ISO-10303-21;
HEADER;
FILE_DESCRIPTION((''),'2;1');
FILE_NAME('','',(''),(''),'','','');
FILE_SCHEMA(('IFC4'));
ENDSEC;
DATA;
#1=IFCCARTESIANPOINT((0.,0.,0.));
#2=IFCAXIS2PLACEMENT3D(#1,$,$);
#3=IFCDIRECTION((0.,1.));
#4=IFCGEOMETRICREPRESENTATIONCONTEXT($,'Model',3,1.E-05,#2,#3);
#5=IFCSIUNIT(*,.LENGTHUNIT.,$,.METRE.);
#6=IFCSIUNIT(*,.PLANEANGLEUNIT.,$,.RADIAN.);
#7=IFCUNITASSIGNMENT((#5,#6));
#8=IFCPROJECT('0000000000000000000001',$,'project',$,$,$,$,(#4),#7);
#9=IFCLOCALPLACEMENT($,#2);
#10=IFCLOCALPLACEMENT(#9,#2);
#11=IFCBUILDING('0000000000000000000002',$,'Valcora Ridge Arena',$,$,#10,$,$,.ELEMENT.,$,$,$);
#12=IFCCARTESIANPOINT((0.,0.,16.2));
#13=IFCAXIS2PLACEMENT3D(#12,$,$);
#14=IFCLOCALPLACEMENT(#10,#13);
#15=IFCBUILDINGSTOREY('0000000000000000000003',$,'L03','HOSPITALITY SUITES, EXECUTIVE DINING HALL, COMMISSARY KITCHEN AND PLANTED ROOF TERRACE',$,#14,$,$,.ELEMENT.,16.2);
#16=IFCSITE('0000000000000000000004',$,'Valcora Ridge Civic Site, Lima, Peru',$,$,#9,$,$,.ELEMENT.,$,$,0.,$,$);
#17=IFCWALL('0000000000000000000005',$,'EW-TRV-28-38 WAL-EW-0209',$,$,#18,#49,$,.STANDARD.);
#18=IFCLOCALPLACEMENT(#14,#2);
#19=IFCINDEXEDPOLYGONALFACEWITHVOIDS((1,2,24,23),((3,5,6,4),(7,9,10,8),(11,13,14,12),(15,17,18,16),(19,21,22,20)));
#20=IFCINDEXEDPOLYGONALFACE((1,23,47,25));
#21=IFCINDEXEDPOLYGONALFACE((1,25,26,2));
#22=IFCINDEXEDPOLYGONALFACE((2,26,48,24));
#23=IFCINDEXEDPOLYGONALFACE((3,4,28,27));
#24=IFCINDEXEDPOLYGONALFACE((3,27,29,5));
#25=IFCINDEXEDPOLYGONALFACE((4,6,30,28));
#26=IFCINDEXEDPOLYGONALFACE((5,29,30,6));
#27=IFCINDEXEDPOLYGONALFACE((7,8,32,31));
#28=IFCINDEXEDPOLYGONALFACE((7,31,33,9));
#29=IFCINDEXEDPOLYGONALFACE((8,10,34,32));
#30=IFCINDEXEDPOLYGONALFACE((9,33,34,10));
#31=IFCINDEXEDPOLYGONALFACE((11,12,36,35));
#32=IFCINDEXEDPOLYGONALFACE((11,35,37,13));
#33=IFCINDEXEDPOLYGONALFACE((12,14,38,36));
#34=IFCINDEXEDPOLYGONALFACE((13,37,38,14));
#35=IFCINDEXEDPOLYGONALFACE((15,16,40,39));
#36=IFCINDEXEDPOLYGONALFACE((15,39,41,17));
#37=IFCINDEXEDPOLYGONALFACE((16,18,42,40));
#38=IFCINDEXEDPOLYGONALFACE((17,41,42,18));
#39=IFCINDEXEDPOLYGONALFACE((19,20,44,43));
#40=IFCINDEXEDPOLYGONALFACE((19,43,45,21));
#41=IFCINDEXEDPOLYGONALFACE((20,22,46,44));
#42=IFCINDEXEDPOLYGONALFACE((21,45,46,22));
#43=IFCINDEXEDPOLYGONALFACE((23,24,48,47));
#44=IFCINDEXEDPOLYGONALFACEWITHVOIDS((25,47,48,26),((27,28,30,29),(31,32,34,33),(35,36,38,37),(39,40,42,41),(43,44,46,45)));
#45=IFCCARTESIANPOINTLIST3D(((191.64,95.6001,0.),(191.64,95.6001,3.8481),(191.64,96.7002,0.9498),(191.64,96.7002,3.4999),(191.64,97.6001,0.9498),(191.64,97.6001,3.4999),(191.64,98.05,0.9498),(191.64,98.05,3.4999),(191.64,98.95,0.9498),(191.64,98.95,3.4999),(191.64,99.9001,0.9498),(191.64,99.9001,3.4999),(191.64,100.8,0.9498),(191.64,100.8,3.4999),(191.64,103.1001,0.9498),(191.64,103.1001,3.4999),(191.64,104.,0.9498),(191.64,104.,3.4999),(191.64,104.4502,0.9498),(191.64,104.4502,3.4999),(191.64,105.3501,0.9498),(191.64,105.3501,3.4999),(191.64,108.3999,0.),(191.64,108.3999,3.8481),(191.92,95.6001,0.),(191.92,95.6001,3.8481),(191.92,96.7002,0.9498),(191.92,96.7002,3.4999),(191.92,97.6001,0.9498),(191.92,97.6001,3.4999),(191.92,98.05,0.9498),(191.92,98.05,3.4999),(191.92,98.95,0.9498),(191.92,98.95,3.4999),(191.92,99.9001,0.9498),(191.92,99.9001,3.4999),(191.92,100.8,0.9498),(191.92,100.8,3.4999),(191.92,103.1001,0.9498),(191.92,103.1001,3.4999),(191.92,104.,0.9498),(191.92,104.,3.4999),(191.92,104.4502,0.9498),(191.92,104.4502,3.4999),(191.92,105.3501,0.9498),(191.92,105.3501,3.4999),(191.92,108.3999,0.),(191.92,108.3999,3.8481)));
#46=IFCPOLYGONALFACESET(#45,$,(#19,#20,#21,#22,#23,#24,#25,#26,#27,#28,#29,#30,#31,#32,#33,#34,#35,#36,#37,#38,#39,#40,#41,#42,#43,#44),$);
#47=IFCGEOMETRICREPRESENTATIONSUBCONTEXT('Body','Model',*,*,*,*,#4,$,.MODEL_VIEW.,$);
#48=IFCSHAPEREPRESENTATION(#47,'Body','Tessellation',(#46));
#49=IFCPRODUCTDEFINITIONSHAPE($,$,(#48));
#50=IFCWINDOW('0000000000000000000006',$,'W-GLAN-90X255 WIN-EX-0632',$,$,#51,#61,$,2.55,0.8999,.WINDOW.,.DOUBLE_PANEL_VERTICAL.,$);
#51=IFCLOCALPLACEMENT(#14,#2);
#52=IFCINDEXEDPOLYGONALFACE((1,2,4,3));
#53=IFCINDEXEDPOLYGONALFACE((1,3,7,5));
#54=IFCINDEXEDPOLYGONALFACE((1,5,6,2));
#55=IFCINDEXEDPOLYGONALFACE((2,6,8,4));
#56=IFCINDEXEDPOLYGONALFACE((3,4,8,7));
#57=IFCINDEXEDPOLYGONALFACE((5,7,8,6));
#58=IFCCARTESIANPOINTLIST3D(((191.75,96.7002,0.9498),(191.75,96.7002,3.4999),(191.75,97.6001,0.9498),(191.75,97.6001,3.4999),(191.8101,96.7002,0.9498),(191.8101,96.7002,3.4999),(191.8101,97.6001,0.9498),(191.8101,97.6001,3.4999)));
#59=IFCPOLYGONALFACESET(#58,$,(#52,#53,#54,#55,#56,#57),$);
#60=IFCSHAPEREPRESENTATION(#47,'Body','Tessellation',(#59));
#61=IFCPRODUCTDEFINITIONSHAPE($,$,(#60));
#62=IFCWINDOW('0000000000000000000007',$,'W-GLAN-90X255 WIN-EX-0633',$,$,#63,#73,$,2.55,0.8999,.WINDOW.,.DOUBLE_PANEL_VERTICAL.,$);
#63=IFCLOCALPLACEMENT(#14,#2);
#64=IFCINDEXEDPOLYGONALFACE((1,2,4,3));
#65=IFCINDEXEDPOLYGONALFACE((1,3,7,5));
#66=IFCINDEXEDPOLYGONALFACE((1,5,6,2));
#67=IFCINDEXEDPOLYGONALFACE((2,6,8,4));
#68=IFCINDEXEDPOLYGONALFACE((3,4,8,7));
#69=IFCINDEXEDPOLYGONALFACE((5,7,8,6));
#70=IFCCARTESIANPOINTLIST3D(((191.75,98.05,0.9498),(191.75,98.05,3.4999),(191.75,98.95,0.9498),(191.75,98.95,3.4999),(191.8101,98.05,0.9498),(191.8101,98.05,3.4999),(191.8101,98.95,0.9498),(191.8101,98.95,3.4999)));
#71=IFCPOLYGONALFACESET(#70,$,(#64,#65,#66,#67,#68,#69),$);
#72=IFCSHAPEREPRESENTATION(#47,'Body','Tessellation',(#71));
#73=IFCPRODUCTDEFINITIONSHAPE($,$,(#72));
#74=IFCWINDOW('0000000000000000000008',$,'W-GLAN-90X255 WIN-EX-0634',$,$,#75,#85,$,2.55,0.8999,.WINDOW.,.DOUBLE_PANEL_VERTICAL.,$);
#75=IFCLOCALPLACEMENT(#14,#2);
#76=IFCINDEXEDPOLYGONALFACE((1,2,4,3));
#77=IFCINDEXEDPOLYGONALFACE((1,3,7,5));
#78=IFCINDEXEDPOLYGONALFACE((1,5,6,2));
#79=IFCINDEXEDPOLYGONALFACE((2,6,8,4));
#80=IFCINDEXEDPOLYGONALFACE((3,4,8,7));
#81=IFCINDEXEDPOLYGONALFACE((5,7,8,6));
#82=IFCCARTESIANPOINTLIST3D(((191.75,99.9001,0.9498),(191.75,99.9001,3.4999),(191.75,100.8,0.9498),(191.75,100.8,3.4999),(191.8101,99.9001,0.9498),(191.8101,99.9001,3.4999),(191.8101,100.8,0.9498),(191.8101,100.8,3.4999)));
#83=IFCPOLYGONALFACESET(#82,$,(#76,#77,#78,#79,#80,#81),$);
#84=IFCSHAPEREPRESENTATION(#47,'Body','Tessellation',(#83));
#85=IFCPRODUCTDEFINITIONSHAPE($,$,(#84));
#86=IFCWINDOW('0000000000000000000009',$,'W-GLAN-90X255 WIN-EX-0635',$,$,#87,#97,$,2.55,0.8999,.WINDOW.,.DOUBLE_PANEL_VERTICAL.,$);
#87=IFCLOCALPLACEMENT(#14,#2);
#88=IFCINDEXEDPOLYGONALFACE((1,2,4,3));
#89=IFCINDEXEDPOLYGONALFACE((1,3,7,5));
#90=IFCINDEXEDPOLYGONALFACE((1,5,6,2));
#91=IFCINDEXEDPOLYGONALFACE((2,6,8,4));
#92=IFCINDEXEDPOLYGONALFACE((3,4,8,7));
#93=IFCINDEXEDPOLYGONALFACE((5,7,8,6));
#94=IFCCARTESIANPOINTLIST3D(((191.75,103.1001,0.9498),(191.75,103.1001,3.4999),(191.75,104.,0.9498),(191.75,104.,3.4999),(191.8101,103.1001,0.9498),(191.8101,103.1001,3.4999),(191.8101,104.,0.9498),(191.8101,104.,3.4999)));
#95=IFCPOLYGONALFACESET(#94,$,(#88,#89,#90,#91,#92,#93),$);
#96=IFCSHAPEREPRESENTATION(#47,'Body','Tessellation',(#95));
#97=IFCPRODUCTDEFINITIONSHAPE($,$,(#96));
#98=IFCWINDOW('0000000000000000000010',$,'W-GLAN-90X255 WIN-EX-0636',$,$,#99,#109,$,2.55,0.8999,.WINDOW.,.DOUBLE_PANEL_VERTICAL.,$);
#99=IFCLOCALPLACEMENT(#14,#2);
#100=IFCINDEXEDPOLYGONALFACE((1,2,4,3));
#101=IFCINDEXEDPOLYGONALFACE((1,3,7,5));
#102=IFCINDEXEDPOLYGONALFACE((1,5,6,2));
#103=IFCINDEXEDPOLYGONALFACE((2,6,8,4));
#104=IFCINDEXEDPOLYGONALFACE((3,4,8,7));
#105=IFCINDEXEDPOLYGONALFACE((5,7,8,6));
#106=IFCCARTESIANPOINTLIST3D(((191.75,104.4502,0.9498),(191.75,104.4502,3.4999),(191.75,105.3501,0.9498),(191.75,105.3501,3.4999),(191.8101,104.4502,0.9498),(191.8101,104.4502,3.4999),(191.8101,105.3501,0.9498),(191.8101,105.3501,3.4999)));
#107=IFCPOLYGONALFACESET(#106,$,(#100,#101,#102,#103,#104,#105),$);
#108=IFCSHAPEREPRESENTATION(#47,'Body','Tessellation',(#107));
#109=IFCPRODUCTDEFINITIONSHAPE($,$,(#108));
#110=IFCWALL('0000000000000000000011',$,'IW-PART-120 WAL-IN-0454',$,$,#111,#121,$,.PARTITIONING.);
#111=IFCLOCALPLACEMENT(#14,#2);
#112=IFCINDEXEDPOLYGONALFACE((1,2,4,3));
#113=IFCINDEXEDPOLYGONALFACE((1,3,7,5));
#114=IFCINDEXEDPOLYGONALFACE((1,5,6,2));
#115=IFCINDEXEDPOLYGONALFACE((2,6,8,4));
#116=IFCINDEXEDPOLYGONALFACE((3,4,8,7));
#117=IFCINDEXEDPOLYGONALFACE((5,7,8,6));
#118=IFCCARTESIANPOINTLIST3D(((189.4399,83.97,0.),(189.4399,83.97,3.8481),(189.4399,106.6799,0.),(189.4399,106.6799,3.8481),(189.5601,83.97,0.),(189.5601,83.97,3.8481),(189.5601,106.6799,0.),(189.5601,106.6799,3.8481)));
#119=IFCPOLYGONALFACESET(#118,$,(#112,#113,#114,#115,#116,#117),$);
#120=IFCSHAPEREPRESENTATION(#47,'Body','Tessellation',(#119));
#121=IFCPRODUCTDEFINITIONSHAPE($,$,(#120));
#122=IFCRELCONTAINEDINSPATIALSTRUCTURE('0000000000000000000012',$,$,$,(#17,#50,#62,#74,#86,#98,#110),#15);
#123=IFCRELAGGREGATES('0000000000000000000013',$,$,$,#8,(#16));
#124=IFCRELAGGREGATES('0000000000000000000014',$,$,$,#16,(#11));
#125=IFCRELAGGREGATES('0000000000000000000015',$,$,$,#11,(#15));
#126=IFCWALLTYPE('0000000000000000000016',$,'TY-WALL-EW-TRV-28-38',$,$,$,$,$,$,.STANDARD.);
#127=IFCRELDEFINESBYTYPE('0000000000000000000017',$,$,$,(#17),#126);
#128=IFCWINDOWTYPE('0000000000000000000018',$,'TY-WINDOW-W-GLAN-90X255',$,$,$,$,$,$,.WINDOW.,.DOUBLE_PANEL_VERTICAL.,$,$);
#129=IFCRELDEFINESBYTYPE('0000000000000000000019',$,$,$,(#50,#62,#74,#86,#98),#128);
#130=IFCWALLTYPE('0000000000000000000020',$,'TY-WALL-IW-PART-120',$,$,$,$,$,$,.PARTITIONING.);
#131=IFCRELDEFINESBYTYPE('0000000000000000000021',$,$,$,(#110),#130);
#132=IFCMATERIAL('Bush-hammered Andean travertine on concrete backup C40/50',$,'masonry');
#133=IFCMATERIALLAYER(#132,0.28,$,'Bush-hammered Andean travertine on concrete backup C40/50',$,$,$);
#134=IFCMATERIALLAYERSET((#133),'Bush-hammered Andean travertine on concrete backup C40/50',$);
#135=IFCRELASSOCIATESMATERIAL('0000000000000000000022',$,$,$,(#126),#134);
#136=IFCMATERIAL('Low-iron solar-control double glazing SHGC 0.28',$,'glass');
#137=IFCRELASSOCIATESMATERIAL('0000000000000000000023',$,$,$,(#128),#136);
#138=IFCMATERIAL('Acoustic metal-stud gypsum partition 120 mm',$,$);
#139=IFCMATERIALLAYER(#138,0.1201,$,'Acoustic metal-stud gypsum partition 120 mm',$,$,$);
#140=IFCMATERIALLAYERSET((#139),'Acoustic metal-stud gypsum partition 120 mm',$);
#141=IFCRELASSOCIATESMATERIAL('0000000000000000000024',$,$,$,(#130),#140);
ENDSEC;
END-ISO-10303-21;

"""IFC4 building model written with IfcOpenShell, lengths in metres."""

from ifc_helpers import new_model, si_unit, direction, frame, frame_2d, origin, place, context, subcontext, project, spatial, rectangle, extrude, material, layer, layer_set, type_object, element, fill, save


model = new_model("IFC4")

# Units and contexts
model_context = context("Model", 3, precision=1e-05, world=origin(), true_north=direction((0.0, 1.0)))
body_context = subcontext(model_context, "Body", "Model", "MODEL_VIEW")
ifc_project = project(units=[si_unit("LENGTHUNIT", "METRE"), si_unit("PLANEANGLEUNIT", "RADIAN")], contexts=[model_context])

# Site, building, storey
site_placement = place(None, origin())
site = spatial("IfcSite", under=ifc_project, at=site_placement, Name="Valcora Ridge Civic Site, Lima, Peru", CompositionType="ELEMENT", RefElevation=0.0)
building_placement = place(site_placement, origin())
building = spatial("IfcBuilding", under=site, at=building_placement, Name="Valcora Ridge Arena", CompositionType="ELEMENT")
storey_placement = place(building_placement, frame((0.0, 0.0, 16.2)))
storey = spatial("IfcBuildingStorey", under=building, at=storey_placement, Name="L03", Description="HOSPITALITY SUITES, EXECUTIVE DINING HALL, COMMISSARY KITCHEN AND PLANTED ROOF TERRACE", CompositionType="ELEMENT", Elevation=16.2)

# Wall, openings, windows
ifc_material_1 = material(Name="Bush-hammered Andean travertine on concrete backup C40/50", Category="masonry")
ifc_layer_1 = layer(ifc_material_1, 0.28, Name="Bush-hammered Andean travertine on concrete backup C40/50")
ifc_layer_set_1 = layer_set([ifc_layer_1], Name="Bush-hammered Andean travertine on concrete backup C40/50")
wall_type_1 = type_object("IfcWallType", Name="TY-WALL-EW-TRV-28-38", PredefinedType="STANDARD", material=ifc_layer_set_1)
ifc_material_2 = material(Name="Low-iron solar-control double glazing SHGC 0.28", Category="glass")
window_type = type_object("IfcWindowType", Name="TY-WINDOW-W-GLAN-90X255", PartitioningType="DOUBLE_PANEL_VERTICAL", PredefinedType="WINDOW", material=ifc_material_2)
wall_1_placement = place(storey_placement, frame((191.78, 95.6001, 0.0), z_axis=(0.0, 0.0, 1.0), x_axis=(0.0, 1.0, 0.0)))
wall_1 = element("IfcWall", 1, at=wall_1_placement, inside=storey, type_object=wall_type_1, Name="EW-TRV-28-38 WAL-EW-0209", PredefinedType="STANDARD", context=body_context, shape_type="SweptSolid", body=[
    extrude(rectangle(XDim=12.7998, YDim=0.28, at=frame_2d((6.3999, 0.0))), origin(), (0.0, 0.0, 1.0), 3.8481),
])
opening_1_placement = place(wall_1_placement, frame((1.1001, 0.0, 0.95)))
opening_1 = element("IfcOpeningElement", 2, at=opening_1_placement, cuts=wall_1, PredefinedType="OPENING", context=body_context, shape_type="SweptSolid", body=[
    extrude(rectangle(XDim=0.8999, YDim=2.55, at=frame_2d((0.45, 1.2749))), frame((0.0, 0.1499, 0.0), z_axis=(0.0, -1.0, 0.0), x_axis=(1.0, 0.0, 0.0)), (0.0, 0.0, 1.0), 0.3),
])
opening_2_placement = place(wall_1_placement, frame((2.45, 0.0, 0.95)))
opening_2 = element("IfcOpeningElement", 3, at=opening_2_placement, cuts=wall_1, PredefinedType="OPENING", context=body_context, shape_type="SweptSolid", body=[
    extrude(rectangle(XDim=0.8999, YDim=2.55, at=frame_2d((0.45, 1.2749))), frame((0.0, 0.1499, 0.0), z_axis=(0.0, -1.0, 0.0), x_axis=(1.0, 0.0, 0.0)), (0.0, 0.0, 1.0), 0.3),
])
opening_3_placement = place(wall_1_placement, frame((4.3, 0.0, 0.95)))
opening_3 = element("IfcOpeningElement", 4, at=opening_3_placement, cuts=wall_1, PredefinedType="OPENING", context=body_context, shape_type="SweptSolid", body=[
    extrude(rectangle(XDim=0.8999, YDim=2.55, at=frame_2d((0.45, 1.2749))), frame((0.0, 0.1499, 0.0), z_axis=(0.0, -1.0, 0.0), x_axis=(1.0, 0.0, 0.0)), (0.0, 0.0, 1.0), 0.3),
])
opening_4_placement = place(wall_1_placement, frame((7.5, 0.0, 0.95)))
opening_4 = element("IfcOpeningElement", 5, at=opening_4_placement, cuts=wall_1, PredefinedType="OPENING", context=body_context, shape_type="SweptSolid", body=[
    extrude(rectangle(XDim=0.8999, YDim=2.55, at=frame_2d((0.45, 1.2749))), frame((0.0, 0.1499, 0.0), z_axis=(0.0, -1.0, 0.0), x_axis=(1.0, 0.0, 0.0)), (0.0, 0.0, 1.0), 0.3),
])
opening_5_placement = place(wall_1_placement, frame((8.8501, 0.0, 0.95)))
opening_5 = element("IfcOpeningElement", 6, at=opening_5_placement, cuts=wall_1, PredefinedType="OPENING", context=body_context, shape_type="SweptSolid", body=[
    extrude(rectangle(XDim=0.8999, YDim=2.55, at=frame_2d((0.45, 1.2749))), frame((0.0, 0.1499, 0.0), z_axis=(0.0, -1.0, 0.0), x_axis=(1.0, 0.0, 0.0)), (0.0, 0.0, 1.0), 0.3),
])
window_1_placement = place(opening_1_placement, origin())
window_1 = element("IfcWindow", 7, at=window_1_placement, inside=storey, type_object=window_type, Name="W-GLAN-90X255 WIN-EX-0632", OverallHeight=2.55, OverallWidth=0.8999, PartitioningType="DOUBLE_PANEL_VERTICAL", PredefinedType="WINDOW", context=body_context, shape_type="SweptSolid", body=[
    extrude(rectangle(XDim=0.8999, YDim=2.55, at=frame_2d((0.45, 1.2749))), frame((0.0, 0.03, 0.0), z_axis=(0.0, -1.0, 0.0), x_axis=(1.0, 0.0, 0.0)), (0.0, 0.0, 1.0), 0.0601),
])
fill(opening_1, window_1)
window_2_placement = place(opening_2_placement, origin())
window_2 = element("IfcWindow", 8, at=window_2_placement, inside=storey, type_object=window_type, Name="W-GLAN-90X255 WIN-EX-0633", OverallHeight=2.55, OverallWidth=0.8999, PartitioningType="DOUBLE_PANEL_VERTICAL", PredefinedType="WINDOW", context=body_context, shape_type="SweptSolid", body=[
    extrude(rectangle(XDim=0.8999, YDim=2.55, at=frame_2d((0.45, 1.2749))), frame((0.0, 0.03, 0.0), z_axis=(0.0, -1.0, 0.0), x_axis=(1.0, 0.0, 0.0)), (0.0, 0.0, 1.0), 0.0601),
])
fill(opening_2, window_2)
window_3_placement = place(opening_3_placement, origin())
window_3 = element("IfcWindow", 9, at=window_3_placement, inside=storey, type_object=window_type, Name="W-GLAN-90X255 WIN-EX-0634", OverallHeight=2.55, OverallWidth=0.8999, PartitioningType="DOUBLE_PANEL_VERTICAL", PredefinedType="WINDOW", context=body_context, shape_type="SweptSolid", body=[
    extrude(rectangle(XDim=0.8999, YDim=2.55, at=frame_2d((0.45, 1.2749))), frame((0.0, 0.03, 0.0), z_axis=(0.0, -1.0, 0.0), x_axis=(1.0, 0.0, 0.0)), (0.0, 0.0, 1.0), 0.0601),
])
fill(opening_3, window_3)
window_4_placement = place(opening_4_placement, origin())
window_4 = element("IfcWindow", 10, at=window_4_placement, inside=storey, type_object=window_type, Name="W-GLAN-90X255 WIN-EX-0635", OverallHeight=2.55, OverallWidth=0.8999, PartitioningType="DOUBLE_PANEL_VERTICAL", PredefinedType="WINDOW", context=body_context, shape_type="SweptSolid", body=[
    extrude(rectangle(XDim=0.8999, YDim=2.55, at=frame_2d((0.45, 1.2749))), frame((0.0, 0.03, 0.0), z_axis=(0.0, -1.0, 0.0), x_axis=(1.0, 0.0, 0.0)), (0.0, 0.0, 1.0), 0.0601),
])
fill(opening_4, window_4)
window_5_placement = place(opening_5_placement, origin())
window_5 = element("IfcWindow", 11, at=window_5_placement, inside=storey, type_object=window_type, Name="W-GLAN-90X255 WIN-EX-0636", OverallHeight=2.55, OverallWidth=0.8999, PartitioningType="DOUBLE_PANEL_VERTICAL", PredefinedType="WINDOW", context=body_context, shape_type="SweptSolid", body=[
    extrude(rectangle(XDim=0.8999, YDim=2.55, at=frame_2d((0.45, 1.2749))), frame((0.0, 0.03, 0.0), z_axis=(0.0, -1.0, 0.0), x_axis=(1.0, 0.0, 0.0)), (0.0, 0.0, 1.0), 0.0601),
])
fill(opening_5, window_5)

# Wall
ifc_material_3 = material(Name="Acoustic metal-stud gypsum partition 120 mm")
ifc_layer_2 = layer(ifc_material_3, 0.1201, Name="Acoustic metal-stud gypsum partition 120 mm")
ifc_layer_set_2 = layer_set([ifc_layer_2], Name="Acoustic metal-stud gypsum partition 120 mm")
wall_type_2 = type_object("IfcWallType", Name="TY-WALL-IW-PART-120", PredefinedType="PARTITIONING", material=ifc_layer_set_2)
wall_2_placement = place(storey_placement, frame((189.5, 83.97, 0.0), z_axis=(0.0, 0.0, 1.0), x_axis=(0.0, 1.0, 0.0)))
element("IfcWall", 12, at=wall_2_placement, inside=storey, type_object=wall_type_2, Name="IW-PART-120 WAL-IN-0454", PredefinedType="PARTITIONING", context=body_context, shape_type="SweptSolid", body=[
    extrude(rectangle(XDim=22.71, YDim=0.1201, at=frame_2d((11.355, 0.0))), origin(), (0.0, 0.0, 1.0), 3.8481),
])

save(model, "model.ifc")
